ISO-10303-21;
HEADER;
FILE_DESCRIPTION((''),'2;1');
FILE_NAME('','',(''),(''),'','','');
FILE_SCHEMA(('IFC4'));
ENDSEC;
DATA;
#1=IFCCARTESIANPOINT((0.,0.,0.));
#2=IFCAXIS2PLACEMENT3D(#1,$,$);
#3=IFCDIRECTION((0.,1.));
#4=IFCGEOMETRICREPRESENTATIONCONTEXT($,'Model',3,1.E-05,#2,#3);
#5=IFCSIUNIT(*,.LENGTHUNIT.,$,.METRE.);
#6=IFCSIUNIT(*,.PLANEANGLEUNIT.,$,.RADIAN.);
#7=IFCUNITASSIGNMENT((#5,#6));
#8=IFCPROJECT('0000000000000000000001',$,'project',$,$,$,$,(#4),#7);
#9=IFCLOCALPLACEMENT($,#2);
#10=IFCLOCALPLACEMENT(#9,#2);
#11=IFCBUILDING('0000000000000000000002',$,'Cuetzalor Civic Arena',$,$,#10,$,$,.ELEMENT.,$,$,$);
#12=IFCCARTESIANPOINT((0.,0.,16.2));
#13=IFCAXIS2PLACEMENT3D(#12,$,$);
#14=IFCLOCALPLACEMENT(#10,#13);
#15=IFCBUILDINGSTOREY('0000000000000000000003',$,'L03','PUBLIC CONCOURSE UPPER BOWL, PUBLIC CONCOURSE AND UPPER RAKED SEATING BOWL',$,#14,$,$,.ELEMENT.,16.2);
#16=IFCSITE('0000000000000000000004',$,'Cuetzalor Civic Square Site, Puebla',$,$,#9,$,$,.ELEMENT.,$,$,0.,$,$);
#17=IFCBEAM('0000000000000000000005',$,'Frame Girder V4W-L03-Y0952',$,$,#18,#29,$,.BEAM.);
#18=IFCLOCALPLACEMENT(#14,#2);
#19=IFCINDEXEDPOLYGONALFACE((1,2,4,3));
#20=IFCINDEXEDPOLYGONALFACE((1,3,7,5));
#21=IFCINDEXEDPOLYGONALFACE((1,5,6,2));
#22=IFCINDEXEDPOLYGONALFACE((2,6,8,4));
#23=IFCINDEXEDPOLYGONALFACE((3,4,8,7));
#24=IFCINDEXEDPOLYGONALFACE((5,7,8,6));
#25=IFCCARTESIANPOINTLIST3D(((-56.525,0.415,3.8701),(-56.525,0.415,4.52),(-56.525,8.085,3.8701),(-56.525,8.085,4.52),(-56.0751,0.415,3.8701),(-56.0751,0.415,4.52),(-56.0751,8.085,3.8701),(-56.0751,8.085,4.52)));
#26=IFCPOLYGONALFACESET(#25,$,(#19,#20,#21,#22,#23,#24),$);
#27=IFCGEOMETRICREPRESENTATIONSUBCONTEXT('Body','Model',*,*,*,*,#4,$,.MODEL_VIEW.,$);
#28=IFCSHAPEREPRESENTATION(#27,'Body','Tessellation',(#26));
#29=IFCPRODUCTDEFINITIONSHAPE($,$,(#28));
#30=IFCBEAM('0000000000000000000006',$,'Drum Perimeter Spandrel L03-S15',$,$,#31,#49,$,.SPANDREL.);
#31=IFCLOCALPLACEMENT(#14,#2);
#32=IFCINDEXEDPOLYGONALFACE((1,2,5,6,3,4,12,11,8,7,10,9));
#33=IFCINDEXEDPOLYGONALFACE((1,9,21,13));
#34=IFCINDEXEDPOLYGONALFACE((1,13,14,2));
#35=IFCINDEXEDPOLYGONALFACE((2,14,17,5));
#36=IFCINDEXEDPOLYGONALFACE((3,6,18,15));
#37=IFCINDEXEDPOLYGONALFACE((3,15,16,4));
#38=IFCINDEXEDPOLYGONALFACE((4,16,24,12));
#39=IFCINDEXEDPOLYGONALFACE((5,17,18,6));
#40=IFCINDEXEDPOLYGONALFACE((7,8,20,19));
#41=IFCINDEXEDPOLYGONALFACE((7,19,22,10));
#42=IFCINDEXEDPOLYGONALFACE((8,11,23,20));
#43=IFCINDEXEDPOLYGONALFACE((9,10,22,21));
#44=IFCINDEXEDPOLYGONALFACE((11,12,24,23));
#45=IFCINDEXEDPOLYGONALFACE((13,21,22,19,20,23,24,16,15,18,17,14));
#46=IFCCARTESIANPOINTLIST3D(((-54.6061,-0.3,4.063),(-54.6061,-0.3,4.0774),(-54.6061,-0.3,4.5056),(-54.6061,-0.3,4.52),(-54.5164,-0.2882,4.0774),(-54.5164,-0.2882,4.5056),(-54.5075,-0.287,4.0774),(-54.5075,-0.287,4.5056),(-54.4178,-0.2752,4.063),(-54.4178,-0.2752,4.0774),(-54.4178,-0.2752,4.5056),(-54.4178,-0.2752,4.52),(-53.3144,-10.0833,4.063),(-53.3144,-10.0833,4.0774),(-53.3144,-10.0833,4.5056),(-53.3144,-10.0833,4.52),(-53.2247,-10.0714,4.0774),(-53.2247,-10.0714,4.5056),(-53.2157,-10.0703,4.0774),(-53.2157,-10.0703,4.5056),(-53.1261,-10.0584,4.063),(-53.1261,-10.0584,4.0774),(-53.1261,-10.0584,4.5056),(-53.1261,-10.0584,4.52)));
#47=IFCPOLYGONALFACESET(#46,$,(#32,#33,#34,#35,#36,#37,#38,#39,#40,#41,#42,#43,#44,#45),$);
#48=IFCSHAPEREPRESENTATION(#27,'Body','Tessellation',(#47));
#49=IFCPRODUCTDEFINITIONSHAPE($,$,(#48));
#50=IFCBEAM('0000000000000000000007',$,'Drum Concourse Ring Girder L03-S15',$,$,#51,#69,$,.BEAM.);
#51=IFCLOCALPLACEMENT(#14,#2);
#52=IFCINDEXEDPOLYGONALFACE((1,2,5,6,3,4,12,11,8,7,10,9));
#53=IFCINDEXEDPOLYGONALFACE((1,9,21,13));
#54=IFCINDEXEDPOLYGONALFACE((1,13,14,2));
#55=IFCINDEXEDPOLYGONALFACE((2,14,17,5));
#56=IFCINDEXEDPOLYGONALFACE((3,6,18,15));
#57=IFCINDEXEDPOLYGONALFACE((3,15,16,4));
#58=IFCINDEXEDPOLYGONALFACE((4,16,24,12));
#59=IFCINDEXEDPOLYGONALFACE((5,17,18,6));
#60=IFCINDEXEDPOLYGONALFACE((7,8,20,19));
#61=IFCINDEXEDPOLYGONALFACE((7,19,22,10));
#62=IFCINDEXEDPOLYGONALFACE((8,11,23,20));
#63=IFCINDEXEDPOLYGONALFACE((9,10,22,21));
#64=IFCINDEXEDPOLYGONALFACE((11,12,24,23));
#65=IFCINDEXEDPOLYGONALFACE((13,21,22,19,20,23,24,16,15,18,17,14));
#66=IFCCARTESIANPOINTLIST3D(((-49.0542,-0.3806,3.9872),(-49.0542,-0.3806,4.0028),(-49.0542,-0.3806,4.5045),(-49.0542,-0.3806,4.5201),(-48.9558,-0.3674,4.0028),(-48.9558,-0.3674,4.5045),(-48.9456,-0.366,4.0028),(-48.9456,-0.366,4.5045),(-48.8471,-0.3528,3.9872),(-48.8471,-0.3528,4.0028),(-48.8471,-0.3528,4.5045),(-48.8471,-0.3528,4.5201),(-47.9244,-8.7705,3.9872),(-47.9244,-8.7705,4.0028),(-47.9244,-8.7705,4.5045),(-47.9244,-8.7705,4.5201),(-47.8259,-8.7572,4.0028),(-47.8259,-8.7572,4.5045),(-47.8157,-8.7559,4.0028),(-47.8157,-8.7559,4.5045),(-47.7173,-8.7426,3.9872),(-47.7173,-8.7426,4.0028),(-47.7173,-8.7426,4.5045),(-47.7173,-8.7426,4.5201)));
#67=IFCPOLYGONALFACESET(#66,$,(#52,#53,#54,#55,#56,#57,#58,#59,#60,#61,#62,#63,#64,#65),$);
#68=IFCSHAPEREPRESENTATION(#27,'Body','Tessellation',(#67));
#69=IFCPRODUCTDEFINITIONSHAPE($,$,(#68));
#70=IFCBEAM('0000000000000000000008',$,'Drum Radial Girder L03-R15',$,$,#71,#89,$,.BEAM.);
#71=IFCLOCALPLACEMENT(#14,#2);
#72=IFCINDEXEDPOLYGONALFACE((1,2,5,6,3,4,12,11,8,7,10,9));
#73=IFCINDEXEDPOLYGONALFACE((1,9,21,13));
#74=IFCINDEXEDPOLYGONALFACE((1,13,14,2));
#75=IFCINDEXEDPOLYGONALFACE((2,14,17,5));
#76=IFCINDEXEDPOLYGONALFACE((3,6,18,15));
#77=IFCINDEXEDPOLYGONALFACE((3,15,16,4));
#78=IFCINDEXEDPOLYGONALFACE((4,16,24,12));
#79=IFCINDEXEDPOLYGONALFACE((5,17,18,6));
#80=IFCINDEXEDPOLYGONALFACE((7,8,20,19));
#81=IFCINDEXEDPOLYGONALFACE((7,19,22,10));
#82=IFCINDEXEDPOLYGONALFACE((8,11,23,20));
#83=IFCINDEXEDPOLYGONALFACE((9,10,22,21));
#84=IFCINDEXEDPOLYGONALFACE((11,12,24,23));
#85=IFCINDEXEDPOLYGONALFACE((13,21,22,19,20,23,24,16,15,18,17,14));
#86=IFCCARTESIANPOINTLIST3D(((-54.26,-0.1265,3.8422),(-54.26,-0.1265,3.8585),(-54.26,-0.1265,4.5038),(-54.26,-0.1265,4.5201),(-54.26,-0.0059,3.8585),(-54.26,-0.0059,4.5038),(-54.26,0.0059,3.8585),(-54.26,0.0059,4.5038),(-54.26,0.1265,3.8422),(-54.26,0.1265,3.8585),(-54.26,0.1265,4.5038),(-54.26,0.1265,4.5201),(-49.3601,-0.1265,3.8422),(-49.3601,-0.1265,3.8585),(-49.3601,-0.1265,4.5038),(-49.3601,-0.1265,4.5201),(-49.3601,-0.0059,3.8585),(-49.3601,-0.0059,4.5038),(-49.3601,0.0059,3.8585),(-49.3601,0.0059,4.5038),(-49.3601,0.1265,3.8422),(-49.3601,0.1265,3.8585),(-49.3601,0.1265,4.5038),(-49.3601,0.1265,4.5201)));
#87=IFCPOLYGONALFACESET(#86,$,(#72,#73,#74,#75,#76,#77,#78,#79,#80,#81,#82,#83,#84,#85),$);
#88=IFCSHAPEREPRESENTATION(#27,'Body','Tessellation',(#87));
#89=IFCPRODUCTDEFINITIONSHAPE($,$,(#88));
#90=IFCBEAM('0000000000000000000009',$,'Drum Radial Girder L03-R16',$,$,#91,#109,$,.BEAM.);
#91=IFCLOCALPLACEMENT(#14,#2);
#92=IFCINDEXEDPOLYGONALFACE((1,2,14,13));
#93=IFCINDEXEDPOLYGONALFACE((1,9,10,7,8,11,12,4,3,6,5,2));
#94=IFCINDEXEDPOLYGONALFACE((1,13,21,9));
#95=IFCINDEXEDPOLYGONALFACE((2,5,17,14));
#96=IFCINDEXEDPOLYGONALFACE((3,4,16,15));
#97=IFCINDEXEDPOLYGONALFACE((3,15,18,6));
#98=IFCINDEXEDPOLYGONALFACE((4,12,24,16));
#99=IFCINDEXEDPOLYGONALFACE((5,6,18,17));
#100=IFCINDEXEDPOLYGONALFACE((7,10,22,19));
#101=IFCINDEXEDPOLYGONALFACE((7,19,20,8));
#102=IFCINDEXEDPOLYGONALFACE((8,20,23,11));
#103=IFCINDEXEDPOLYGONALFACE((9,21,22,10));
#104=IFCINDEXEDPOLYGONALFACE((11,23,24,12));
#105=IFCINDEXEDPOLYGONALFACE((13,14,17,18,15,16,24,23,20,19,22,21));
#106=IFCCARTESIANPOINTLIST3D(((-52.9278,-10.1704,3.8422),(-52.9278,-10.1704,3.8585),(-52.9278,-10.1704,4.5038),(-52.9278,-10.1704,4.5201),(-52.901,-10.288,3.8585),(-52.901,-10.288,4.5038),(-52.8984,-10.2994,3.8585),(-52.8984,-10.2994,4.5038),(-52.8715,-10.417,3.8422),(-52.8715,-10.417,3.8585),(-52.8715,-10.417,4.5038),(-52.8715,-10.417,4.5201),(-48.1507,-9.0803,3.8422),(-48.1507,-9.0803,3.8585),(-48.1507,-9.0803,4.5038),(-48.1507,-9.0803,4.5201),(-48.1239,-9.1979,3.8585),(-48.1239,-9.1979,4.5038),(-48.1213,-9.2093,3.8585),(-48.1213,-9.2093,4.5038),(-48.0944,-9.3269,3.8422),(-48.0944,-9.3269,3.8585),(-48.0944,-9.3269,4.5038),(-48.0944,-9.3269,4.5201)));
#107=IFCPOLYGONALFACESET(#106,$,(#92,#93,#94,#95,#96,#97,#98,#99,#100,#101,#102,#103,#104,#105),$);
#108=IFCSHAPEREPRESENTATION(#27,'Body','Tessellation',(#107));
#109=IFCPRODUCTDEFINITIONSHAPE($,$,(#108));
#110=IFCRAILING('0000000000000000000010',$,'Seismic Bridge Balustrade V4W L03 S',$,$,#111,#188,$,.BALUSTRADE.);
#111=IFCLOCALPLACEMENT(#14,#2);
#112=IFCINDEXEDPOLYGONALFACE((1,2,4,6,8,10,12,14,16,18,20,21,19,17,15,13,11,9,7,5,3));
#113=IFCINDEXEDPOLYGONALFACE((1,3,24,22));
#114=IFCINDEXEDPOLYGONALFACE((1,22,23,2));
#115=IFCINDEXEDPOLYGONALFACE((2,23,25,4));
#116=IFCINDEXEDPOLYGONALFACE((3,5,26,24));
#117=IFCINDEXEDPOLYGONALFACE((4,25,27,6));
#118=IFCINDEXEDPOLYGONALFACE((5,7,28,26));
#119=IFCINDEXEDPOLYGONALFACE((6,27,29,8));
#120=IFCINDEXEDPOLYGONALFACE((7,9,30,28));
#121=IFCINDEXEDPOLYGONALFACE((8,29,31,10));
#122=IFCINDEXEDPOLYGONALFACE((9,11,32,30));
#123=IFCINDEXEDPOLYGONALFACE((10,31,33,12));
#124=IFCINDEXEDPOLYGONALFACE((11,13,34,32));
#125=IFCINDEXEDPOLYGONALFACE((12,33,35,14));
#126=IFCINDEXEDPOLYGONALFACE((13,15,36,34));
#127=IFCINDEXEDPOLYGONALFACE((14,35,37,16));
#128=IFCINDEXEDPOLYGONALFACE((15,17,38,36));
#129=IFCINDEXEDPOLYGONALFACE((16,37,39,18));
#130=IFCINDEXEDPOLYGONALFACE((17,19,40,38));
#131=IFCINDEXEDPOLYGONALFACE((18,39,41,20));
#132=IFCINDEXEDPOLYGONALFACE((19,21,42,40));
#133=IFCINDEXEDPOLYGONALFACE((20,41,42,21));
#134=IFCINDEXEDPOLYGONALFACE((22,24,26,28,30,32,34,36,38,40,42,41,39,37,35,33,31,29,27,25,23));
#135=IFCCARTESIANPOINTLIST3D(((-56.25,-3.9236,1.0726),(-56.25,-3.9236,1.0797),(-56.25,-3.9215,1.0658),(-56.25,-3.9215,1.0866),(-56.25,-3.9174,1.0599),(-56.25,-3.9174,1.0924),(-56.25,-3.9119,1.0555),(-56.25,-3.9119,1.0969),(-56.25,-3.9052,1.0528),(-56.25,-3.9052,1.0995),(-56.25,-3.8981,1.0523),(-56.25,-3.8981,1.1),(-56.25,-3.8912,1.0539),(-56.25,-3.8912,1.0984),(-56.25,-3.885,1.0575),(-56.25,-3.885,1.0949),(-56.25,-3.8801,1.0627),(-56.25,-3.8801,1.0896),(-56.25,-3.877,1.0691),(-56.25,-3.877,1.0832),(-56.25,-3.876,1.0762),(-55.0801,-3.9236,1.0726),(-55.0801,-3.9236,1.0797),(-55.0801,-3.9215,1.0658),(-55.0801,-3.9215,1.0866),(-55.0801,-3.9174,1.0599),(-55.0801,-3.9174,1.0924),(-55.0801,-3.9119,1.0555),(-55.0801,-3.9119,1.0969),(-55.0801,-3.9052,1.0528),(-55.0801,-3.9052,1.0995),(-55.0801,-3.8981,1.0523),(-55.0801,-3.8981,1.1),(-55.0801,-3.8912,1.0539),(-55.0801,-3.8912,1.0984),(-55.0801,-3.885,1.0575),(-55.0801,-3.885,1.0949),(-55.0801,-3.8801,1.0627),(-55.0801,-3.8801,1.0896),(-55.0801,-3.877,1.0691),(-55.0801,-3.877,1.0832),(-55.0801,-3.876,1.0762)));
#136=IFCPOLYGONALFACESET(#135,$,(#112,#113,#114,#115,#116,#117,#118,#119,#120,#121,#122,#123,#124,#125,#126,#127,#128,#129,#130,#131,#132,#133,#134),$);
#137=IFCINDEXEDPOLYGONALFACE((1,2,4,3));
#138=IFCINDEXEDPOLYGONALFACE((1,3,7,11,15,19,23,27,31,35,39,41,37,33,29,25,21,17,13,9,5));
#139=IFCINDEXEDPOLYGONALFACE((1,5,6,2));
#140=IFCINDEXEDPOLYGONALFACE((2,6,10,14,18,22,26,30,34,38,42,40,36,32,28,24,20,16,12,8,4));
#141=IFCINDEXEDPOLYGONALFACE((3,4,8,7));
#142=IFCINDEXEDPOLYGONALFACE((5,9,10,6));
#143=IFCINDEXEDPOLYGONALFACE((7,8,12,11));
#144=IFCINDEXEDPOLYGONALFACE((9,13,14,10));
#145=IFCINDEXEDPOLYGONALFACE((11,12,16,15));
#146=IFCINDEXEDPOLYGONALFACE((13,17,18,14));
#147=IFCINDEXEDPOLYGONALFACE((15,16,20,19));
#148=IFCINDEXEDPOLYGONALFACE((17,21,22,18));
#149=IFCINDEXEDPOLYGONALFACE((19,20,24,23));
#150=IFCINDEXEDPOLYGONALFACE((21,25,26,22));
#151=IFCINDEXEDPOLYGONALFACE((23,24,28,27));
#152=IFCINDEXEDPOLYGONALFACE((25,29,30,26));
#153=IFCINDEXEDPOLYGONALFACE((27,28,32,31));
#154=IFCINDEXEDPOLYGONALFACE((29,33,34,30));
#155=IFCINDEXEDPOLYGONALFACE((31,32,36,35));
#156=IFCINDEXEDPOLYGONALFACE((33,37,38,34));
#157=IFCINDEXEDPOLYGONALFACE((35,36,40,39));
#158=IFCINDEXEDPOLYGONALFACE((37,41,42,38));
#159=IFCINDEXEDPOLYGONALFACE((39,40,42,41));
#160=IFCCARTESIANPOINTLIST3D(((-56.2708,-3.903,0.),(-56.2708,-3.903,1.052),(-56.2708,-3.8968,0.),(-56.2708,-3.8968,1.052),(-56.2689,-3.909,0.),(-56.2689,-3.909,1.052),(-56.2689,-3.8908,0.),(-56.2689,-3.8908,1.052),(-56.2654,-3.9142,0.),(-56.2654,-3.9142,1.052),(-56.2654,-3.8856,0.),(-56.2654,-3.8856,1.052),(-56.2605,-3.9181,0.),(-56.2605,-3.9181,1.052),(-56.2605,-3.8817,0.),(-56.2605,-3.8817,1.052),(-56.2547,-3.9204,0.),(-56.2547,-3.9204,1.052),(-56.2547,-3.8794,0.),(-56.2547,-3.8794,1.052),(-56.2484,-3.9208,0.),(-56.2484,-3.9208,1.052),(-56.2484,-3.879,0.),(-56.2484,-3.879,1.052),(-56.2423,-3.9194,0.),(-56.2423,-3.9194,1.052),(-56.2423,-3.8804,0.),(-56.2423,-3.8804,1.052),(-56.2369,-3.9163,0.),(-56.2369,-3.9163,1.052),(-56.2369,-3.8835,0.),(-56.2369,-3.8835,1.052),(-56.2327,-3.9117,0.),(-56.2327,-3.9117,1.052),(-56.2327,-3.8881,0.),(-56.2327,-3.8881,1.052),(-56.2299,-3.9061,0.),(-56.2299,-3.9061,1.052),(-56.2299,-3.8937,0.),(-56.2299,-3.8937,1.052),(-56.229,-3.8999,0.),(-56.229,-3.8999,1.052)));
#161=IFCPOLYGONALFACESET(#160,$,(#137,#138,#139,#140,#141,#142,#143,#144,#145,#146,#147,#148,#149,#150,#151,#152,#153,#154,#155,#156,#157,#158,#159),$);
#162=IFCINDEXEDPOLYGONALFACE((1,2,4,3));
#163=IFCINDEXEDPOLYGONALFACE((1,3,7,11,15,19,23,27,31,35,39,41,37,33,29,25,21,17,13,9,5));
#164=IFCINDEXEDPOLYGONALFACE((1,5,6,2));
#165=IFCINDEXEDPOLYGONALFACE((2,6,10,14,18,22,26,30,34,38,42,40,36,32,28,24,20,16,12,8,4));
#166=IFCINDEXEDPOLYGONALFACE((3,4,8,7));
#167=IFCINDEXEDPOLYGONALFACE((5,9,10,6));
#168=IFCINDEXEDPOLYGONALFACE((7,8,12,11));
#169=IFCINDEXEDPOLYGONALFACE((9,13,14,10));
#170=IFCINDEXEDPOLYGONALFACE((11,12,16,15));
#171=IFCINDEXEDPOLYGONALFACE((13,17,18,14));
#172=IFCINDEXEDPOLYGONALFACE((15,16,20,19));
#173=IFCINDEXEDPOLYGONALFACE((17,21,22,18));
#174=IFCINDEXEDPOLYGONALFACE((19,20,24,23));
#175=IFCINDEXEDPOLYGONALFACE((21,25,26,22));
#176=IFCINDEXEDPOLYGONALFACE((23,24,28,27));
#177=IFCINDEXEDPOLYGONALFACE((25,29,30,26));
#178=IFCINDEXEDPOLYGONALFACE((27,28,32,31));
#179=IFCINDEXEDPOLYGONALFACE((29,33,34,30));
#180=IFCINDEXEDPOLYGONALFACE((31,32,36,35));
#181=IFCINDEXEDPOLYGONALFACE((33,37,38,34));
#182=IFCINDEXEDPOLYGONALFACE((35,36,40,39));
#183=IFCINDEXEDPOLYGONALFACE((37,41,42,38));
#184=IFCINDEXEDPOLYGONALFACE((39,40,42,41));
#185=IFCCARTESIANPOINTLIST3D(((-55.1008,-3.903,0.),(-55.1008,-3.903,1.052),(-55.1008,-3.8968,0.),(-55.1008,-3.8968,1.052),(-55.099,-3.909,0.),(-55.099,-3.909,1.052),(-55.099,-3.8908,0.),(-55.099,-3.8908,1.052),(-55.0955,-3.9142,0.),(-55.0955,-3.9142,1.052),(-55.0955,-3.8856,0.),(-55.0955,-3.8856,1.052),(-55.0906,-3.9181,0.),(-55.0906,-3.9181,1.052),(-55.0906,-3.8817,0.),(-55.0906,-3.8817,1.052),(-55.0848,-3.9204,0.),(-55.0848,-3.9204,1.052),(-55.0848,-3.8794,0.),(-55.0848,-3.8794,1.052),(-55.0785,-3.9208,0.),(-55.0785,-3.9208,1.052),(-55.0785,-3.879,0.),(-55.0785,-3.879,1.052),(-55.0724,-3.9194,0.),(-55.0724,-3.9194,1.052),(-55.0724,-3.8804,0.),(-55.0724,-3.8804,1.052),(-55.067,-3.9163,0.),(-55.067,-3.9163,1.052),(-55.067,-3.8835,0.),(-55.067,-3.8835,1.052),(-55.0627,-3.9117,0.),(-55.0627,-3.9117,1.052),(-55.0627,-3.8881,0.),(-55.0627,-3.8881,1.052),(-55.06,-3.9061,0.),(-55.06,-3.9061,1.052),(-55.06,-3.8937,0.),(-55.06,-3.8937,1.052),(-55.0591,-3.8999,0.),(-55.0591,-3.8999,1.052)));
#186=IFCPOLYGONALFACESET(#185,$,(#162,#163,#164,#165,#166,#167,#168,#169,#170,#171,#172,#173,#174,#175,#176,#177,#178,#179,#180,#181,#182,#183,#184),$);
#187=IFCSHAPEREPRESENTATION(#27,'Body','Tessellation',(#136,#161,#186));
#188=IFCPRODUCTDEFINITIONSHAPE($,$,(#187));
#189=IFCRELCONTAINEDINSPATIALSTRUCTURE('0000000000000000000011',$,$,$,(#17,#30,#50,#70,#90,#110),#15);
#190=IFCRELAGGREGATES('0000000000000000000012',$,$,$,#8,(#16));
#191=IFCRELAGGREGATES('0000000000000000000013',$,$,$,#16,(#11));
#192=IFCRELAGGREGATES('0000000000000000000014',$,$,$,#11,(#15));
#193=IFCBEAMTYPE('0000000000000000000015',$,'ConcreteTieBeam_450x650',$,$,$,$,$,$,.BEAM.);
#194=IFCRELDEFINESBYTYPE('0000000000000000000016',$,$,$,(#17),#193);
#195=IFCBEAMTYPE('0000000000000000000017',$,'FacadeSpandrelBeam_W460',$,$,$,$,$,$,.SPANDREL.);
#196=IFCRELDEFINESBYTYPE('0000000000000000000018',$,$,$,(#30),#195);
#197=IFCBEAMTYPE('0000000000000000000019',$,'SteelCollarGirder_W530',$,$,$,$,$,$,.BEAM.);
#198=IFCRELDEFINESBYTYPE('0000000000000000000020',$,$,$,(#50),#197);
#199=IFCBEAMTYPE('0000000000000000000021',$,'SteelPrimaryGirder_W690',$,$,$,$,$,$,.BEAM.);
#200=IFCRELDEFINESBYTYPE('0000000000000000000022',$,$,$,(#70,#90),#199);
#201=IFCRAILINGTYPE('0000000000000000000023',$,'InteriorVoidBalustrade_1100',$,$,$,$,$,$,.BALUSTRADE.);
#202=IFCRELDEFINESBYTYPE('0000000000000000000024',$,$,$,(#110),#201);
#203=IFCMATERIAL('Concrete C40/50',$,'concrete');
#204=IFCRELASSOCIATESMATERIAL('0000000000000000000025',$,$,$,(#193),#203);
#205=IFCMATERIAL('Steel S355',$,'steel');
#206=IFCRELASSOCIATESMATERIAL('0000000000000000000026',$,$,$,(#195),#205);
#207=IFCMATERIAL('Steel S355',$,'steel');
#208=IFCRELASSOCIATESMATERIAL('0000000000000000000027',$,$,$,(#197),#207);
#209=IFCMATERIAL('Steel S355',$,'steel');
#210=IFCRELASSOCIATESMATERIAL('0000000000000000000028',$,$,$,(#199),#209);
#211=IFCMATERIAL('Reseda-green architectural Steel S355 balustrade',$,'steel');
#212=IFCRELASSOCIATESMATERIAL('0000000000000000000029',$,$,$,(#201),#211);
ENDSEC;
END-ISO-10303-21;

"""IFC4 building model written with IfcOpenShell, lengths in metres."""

from ifc_helpers import new_model, si_unit, direction, frame, origin, origin_2d, place, context, subcontext, project, spatial, rectangle, circle, i_section, extrude, material, material_profile, profile_set, type_object, element, save


model = new_model("IFC4")

# Units and contexts
model_context = context("Model", 3, precision=1e-05, world=origin(), true_north=direction((0.0, 1.0)))
body_context = subcontext(model_context, "Body", "Model", "MODEL_VIEW")
ifc_project = project(units=[si_unit("LENGTHUNIT", "METRE"), si_unit("PLANEANGLEUNIT", "RADIAN")], contexts=[model_context])

# Site, building, storey
site_placement = place(None, origin())
site = spatial("IfcSite", under=ifc_project, at=site_placement, Name="Cuetzalor Civic Square Site, Puebla", CompositionType="ELEMENT", RefElevation=0.0)
building_placement = place(site_placement, origin())
building = spatial("IfcBuilding", under=site, at=building_placement, Name="Cuetzalor Civic Arena", CompositionType="ELEMENT")
storey_placement = place(building_placement, frame((0.0, 0.0, 16.2)))
storey = spatial("IfcBuildingStorey", under=building, at=storey_placement, Name="L03", Description="PUBLIC CONCOURSE UPPER BOWL, PUBLIC CONCOURSE AND UPPER RAKED SEATING BOWL", CompositionType="ELEMENT", Elevation=16.2)

# Beams
ifc_material_1 = material(Name="Concrete C40/50", Category="concrete")
ifc_material_profile_1 = material_profile(ifc_material_1, rectangle(XDim=0.45, YDim=0.6499, at=origin_2d()), Name="RC 450x650")
ifc_profile_set_1 = profile_set([ifc_material_profile_1], Name="Concrete C40/50")
beam_type_1 = type_object("IfcBeamType", Name="ConcreteTieBeam_450x650", PredefinedType="BEAM", material=ifc_profile_set_1)
for number, where, z_axis, x_axis, name in (
    (1, (-56.3, 0.415, 4.1951), (0.0, 1.0, 0.0), (-1.0, 0.0, 0.0), "Frame Girder V4W-L03-Y0952"),
):
    element("IfcBeam", number, at=place(storey_placement, frame(where, z_axis=z_axis, x_axis=x_axis)), inside=storey, type_object=beam_type_1, Name=name, PredefinedType="BEAM", context=body_context, shape_type="SweptSolid", body=[
        extrude(rectangle(XDim=0.45, YDim=0.6499, at=origin_2d()), origin(), (0.0, 0.0, 1.0), 7.6699),
    ])
ifc_material_2 = material(Name="Steel S355", Category="steel")
ifc_material_profile_2 = material_profile(ifc_material_2, i_section(OverallWidth=0.1899, OverallDepth=0.457, WebThickness=0.009, FlangeThickness=0.0144, at=origin_2d()), Name="W460x74")
ifc_profile_set_2 = profile_set([ifc_material_profile_2], Name="Steel S355")
beam_type_2 = type_object("IfcBeamType", Name="FacadeSpandrelBeam_W460", PredefinedType="SPANDREL", material=ifc_profile_set_2)
beam_1_placement = place(storey_placement, frame((-54.512, -0.2876, 4.2915), z_axis=(0.130901, -0.991395, 0.0), x_axis=(0.991395, 0.130901, 0.0)))
element("IfcBeam", 2, at=beam_1_placement, inside=storey, type_object=beam_type_2, Name="Drum Perimeter Spandrel L03-S15", PredefinedType="SPANDREL", context=body_context, shape_type="SweptSolid", body=[
    extrude(i_section(OverallWidth=0.1899, OverallDepth=0.457, WebThickness=0.009, FlangeThickness=0.0144, at=origin_2d()), origin(), (0.0, 0.0, 1.0), 9.8682),
])
ifc_material_3 = material(Name="Steel S355", Category="steel")
ifc_material_profile_3 = material_profile(ifc_material_3, i_section(OverallWidth=0.209, OverallDepth=0.533, WebThickness=0.0103, FlangeThickness=0.0156, at=origin_2d()), Name="W530x92")
ifc_profile_set_3 = profile_set([ifc_material_profile_3], Name="Steel S355")
beam_type_3 = type_object("IfcBeamType", Name="SteelCollarGirder_W530", PredefinedType="BEAM", material=ifc_profile_set_3)
beam_2_placement = place(storey_placement, frame((-48.9507, -0.3667, 4.2537), z_axis=(0.133467, -0.991053, 0.0), x_axis=(0.991053, 0.133467, 0.0)))
element("IfcBeam", 3, at=beam_2_placement, inside=storey, type_object=beam_type_3, Name="Drum Concourse Ring Girder L03-S15", PredefinedType="BEAM", context=body_context, shape_type="SweptSolid", body=[
    extrude(i_section(OverallWidth=0.209, OverallDepth=0.533, WebThickness=0.0103, FlangeThickness=0.0156, at=origin_2d()), origin(), (0.0, 0.0, 1.0), 8.4656),
])
ifc_material_4 = material(Name="Steel S355", Category="steel")
ifc_material_profile_4 = material_profile(ifc_material_4, i_section(OverallWidth=0.2529, OverallDepth=0.678, WebThickness=0.0117, FlangeThickness=0.0164, at=origin_2d()), Name="W690x125")
ifc_profile_set_4 = profile_set([ifc_material_profile_4], Name="Steel S355")
beam_type_4 = type_object("IfcBeamType", Name="SteelPrimaryGirder_W690", PredefinedType="BEAM", material=ifc_profile_set_4)
for number, where, z_axis, x_axis, name in (
    (4, (-49.3601, 0.0, 4.1812), (-1.0, 0.0, 0.0), (0.0, -1.0, 0.0), "Drum Radial Girder L03-R15"),
    (5, (-48.1226, -9.2036, 4.1812), (-0.974939, -0.222472, 0.0), (0.222472, -0.974939, 0.0), "Drum Radial Girder L03-R16"),
):
    element("IfcBeam", number, at=place(storey_placement, frame(where, z_axis=z_axis, x_axis=x_axis)), inside=storey, type_object=beam_type_4, Name=name, PredefinedType="BEAM", context=body_context, shape_type="SweptSolid", body=[
        extrude(i_section(OverallWidth=0.2529, OverallDepth=0.678, WebThickness=0.0117, FlangeThickness=0.0164, at=origin_2d()), origin(), (0.0, 0.0, 1.0), 4.8999),
    ])

# Railing
ifc_material_5 = material(Name="Reseda-green architectural Steel S355 balustrade", Category="steel")
railing_type = type_object("IfcRailingType", Name="InteriorVoidBalustrade_1100", PredefinedType="BALUSTRADE", material=ifc_material_5)
for number, where, name in (
    (6, (-56.25, -3.8999, 0.0), "Seismic Bridge Balustrade V4W L03 S"),
):
    element("IfcRailing", number, at=place(storey_placement, frame(where)), inside=storey, type_object=railing_type, Name=name, PredefinedType="BALUSTRADE", context=body_context, shape_type="SweptSolid", body=[
        extrude(circle(Radius=0.0239, at=origin_2d()), frame((0.0, 0.0, 1.0762), z_axis=(1.0, 0.0, 0.0), x_axis=(0.0, 1.0, 0.0)), (0.0, 0.0, 1.0), 1.1699),
        extrude(circle(Radius=0.021, at=origin_2d()), origin(), (0.0, 0.0, 1.0), 1.052),
        extrude(circle(Radius=0.021, at=origin_2d()), frame((1.1699, 0.0, 0.0)), (0.0, 0.0, 1.0), 1.052),
    ])

save(model, "model.ifc")
